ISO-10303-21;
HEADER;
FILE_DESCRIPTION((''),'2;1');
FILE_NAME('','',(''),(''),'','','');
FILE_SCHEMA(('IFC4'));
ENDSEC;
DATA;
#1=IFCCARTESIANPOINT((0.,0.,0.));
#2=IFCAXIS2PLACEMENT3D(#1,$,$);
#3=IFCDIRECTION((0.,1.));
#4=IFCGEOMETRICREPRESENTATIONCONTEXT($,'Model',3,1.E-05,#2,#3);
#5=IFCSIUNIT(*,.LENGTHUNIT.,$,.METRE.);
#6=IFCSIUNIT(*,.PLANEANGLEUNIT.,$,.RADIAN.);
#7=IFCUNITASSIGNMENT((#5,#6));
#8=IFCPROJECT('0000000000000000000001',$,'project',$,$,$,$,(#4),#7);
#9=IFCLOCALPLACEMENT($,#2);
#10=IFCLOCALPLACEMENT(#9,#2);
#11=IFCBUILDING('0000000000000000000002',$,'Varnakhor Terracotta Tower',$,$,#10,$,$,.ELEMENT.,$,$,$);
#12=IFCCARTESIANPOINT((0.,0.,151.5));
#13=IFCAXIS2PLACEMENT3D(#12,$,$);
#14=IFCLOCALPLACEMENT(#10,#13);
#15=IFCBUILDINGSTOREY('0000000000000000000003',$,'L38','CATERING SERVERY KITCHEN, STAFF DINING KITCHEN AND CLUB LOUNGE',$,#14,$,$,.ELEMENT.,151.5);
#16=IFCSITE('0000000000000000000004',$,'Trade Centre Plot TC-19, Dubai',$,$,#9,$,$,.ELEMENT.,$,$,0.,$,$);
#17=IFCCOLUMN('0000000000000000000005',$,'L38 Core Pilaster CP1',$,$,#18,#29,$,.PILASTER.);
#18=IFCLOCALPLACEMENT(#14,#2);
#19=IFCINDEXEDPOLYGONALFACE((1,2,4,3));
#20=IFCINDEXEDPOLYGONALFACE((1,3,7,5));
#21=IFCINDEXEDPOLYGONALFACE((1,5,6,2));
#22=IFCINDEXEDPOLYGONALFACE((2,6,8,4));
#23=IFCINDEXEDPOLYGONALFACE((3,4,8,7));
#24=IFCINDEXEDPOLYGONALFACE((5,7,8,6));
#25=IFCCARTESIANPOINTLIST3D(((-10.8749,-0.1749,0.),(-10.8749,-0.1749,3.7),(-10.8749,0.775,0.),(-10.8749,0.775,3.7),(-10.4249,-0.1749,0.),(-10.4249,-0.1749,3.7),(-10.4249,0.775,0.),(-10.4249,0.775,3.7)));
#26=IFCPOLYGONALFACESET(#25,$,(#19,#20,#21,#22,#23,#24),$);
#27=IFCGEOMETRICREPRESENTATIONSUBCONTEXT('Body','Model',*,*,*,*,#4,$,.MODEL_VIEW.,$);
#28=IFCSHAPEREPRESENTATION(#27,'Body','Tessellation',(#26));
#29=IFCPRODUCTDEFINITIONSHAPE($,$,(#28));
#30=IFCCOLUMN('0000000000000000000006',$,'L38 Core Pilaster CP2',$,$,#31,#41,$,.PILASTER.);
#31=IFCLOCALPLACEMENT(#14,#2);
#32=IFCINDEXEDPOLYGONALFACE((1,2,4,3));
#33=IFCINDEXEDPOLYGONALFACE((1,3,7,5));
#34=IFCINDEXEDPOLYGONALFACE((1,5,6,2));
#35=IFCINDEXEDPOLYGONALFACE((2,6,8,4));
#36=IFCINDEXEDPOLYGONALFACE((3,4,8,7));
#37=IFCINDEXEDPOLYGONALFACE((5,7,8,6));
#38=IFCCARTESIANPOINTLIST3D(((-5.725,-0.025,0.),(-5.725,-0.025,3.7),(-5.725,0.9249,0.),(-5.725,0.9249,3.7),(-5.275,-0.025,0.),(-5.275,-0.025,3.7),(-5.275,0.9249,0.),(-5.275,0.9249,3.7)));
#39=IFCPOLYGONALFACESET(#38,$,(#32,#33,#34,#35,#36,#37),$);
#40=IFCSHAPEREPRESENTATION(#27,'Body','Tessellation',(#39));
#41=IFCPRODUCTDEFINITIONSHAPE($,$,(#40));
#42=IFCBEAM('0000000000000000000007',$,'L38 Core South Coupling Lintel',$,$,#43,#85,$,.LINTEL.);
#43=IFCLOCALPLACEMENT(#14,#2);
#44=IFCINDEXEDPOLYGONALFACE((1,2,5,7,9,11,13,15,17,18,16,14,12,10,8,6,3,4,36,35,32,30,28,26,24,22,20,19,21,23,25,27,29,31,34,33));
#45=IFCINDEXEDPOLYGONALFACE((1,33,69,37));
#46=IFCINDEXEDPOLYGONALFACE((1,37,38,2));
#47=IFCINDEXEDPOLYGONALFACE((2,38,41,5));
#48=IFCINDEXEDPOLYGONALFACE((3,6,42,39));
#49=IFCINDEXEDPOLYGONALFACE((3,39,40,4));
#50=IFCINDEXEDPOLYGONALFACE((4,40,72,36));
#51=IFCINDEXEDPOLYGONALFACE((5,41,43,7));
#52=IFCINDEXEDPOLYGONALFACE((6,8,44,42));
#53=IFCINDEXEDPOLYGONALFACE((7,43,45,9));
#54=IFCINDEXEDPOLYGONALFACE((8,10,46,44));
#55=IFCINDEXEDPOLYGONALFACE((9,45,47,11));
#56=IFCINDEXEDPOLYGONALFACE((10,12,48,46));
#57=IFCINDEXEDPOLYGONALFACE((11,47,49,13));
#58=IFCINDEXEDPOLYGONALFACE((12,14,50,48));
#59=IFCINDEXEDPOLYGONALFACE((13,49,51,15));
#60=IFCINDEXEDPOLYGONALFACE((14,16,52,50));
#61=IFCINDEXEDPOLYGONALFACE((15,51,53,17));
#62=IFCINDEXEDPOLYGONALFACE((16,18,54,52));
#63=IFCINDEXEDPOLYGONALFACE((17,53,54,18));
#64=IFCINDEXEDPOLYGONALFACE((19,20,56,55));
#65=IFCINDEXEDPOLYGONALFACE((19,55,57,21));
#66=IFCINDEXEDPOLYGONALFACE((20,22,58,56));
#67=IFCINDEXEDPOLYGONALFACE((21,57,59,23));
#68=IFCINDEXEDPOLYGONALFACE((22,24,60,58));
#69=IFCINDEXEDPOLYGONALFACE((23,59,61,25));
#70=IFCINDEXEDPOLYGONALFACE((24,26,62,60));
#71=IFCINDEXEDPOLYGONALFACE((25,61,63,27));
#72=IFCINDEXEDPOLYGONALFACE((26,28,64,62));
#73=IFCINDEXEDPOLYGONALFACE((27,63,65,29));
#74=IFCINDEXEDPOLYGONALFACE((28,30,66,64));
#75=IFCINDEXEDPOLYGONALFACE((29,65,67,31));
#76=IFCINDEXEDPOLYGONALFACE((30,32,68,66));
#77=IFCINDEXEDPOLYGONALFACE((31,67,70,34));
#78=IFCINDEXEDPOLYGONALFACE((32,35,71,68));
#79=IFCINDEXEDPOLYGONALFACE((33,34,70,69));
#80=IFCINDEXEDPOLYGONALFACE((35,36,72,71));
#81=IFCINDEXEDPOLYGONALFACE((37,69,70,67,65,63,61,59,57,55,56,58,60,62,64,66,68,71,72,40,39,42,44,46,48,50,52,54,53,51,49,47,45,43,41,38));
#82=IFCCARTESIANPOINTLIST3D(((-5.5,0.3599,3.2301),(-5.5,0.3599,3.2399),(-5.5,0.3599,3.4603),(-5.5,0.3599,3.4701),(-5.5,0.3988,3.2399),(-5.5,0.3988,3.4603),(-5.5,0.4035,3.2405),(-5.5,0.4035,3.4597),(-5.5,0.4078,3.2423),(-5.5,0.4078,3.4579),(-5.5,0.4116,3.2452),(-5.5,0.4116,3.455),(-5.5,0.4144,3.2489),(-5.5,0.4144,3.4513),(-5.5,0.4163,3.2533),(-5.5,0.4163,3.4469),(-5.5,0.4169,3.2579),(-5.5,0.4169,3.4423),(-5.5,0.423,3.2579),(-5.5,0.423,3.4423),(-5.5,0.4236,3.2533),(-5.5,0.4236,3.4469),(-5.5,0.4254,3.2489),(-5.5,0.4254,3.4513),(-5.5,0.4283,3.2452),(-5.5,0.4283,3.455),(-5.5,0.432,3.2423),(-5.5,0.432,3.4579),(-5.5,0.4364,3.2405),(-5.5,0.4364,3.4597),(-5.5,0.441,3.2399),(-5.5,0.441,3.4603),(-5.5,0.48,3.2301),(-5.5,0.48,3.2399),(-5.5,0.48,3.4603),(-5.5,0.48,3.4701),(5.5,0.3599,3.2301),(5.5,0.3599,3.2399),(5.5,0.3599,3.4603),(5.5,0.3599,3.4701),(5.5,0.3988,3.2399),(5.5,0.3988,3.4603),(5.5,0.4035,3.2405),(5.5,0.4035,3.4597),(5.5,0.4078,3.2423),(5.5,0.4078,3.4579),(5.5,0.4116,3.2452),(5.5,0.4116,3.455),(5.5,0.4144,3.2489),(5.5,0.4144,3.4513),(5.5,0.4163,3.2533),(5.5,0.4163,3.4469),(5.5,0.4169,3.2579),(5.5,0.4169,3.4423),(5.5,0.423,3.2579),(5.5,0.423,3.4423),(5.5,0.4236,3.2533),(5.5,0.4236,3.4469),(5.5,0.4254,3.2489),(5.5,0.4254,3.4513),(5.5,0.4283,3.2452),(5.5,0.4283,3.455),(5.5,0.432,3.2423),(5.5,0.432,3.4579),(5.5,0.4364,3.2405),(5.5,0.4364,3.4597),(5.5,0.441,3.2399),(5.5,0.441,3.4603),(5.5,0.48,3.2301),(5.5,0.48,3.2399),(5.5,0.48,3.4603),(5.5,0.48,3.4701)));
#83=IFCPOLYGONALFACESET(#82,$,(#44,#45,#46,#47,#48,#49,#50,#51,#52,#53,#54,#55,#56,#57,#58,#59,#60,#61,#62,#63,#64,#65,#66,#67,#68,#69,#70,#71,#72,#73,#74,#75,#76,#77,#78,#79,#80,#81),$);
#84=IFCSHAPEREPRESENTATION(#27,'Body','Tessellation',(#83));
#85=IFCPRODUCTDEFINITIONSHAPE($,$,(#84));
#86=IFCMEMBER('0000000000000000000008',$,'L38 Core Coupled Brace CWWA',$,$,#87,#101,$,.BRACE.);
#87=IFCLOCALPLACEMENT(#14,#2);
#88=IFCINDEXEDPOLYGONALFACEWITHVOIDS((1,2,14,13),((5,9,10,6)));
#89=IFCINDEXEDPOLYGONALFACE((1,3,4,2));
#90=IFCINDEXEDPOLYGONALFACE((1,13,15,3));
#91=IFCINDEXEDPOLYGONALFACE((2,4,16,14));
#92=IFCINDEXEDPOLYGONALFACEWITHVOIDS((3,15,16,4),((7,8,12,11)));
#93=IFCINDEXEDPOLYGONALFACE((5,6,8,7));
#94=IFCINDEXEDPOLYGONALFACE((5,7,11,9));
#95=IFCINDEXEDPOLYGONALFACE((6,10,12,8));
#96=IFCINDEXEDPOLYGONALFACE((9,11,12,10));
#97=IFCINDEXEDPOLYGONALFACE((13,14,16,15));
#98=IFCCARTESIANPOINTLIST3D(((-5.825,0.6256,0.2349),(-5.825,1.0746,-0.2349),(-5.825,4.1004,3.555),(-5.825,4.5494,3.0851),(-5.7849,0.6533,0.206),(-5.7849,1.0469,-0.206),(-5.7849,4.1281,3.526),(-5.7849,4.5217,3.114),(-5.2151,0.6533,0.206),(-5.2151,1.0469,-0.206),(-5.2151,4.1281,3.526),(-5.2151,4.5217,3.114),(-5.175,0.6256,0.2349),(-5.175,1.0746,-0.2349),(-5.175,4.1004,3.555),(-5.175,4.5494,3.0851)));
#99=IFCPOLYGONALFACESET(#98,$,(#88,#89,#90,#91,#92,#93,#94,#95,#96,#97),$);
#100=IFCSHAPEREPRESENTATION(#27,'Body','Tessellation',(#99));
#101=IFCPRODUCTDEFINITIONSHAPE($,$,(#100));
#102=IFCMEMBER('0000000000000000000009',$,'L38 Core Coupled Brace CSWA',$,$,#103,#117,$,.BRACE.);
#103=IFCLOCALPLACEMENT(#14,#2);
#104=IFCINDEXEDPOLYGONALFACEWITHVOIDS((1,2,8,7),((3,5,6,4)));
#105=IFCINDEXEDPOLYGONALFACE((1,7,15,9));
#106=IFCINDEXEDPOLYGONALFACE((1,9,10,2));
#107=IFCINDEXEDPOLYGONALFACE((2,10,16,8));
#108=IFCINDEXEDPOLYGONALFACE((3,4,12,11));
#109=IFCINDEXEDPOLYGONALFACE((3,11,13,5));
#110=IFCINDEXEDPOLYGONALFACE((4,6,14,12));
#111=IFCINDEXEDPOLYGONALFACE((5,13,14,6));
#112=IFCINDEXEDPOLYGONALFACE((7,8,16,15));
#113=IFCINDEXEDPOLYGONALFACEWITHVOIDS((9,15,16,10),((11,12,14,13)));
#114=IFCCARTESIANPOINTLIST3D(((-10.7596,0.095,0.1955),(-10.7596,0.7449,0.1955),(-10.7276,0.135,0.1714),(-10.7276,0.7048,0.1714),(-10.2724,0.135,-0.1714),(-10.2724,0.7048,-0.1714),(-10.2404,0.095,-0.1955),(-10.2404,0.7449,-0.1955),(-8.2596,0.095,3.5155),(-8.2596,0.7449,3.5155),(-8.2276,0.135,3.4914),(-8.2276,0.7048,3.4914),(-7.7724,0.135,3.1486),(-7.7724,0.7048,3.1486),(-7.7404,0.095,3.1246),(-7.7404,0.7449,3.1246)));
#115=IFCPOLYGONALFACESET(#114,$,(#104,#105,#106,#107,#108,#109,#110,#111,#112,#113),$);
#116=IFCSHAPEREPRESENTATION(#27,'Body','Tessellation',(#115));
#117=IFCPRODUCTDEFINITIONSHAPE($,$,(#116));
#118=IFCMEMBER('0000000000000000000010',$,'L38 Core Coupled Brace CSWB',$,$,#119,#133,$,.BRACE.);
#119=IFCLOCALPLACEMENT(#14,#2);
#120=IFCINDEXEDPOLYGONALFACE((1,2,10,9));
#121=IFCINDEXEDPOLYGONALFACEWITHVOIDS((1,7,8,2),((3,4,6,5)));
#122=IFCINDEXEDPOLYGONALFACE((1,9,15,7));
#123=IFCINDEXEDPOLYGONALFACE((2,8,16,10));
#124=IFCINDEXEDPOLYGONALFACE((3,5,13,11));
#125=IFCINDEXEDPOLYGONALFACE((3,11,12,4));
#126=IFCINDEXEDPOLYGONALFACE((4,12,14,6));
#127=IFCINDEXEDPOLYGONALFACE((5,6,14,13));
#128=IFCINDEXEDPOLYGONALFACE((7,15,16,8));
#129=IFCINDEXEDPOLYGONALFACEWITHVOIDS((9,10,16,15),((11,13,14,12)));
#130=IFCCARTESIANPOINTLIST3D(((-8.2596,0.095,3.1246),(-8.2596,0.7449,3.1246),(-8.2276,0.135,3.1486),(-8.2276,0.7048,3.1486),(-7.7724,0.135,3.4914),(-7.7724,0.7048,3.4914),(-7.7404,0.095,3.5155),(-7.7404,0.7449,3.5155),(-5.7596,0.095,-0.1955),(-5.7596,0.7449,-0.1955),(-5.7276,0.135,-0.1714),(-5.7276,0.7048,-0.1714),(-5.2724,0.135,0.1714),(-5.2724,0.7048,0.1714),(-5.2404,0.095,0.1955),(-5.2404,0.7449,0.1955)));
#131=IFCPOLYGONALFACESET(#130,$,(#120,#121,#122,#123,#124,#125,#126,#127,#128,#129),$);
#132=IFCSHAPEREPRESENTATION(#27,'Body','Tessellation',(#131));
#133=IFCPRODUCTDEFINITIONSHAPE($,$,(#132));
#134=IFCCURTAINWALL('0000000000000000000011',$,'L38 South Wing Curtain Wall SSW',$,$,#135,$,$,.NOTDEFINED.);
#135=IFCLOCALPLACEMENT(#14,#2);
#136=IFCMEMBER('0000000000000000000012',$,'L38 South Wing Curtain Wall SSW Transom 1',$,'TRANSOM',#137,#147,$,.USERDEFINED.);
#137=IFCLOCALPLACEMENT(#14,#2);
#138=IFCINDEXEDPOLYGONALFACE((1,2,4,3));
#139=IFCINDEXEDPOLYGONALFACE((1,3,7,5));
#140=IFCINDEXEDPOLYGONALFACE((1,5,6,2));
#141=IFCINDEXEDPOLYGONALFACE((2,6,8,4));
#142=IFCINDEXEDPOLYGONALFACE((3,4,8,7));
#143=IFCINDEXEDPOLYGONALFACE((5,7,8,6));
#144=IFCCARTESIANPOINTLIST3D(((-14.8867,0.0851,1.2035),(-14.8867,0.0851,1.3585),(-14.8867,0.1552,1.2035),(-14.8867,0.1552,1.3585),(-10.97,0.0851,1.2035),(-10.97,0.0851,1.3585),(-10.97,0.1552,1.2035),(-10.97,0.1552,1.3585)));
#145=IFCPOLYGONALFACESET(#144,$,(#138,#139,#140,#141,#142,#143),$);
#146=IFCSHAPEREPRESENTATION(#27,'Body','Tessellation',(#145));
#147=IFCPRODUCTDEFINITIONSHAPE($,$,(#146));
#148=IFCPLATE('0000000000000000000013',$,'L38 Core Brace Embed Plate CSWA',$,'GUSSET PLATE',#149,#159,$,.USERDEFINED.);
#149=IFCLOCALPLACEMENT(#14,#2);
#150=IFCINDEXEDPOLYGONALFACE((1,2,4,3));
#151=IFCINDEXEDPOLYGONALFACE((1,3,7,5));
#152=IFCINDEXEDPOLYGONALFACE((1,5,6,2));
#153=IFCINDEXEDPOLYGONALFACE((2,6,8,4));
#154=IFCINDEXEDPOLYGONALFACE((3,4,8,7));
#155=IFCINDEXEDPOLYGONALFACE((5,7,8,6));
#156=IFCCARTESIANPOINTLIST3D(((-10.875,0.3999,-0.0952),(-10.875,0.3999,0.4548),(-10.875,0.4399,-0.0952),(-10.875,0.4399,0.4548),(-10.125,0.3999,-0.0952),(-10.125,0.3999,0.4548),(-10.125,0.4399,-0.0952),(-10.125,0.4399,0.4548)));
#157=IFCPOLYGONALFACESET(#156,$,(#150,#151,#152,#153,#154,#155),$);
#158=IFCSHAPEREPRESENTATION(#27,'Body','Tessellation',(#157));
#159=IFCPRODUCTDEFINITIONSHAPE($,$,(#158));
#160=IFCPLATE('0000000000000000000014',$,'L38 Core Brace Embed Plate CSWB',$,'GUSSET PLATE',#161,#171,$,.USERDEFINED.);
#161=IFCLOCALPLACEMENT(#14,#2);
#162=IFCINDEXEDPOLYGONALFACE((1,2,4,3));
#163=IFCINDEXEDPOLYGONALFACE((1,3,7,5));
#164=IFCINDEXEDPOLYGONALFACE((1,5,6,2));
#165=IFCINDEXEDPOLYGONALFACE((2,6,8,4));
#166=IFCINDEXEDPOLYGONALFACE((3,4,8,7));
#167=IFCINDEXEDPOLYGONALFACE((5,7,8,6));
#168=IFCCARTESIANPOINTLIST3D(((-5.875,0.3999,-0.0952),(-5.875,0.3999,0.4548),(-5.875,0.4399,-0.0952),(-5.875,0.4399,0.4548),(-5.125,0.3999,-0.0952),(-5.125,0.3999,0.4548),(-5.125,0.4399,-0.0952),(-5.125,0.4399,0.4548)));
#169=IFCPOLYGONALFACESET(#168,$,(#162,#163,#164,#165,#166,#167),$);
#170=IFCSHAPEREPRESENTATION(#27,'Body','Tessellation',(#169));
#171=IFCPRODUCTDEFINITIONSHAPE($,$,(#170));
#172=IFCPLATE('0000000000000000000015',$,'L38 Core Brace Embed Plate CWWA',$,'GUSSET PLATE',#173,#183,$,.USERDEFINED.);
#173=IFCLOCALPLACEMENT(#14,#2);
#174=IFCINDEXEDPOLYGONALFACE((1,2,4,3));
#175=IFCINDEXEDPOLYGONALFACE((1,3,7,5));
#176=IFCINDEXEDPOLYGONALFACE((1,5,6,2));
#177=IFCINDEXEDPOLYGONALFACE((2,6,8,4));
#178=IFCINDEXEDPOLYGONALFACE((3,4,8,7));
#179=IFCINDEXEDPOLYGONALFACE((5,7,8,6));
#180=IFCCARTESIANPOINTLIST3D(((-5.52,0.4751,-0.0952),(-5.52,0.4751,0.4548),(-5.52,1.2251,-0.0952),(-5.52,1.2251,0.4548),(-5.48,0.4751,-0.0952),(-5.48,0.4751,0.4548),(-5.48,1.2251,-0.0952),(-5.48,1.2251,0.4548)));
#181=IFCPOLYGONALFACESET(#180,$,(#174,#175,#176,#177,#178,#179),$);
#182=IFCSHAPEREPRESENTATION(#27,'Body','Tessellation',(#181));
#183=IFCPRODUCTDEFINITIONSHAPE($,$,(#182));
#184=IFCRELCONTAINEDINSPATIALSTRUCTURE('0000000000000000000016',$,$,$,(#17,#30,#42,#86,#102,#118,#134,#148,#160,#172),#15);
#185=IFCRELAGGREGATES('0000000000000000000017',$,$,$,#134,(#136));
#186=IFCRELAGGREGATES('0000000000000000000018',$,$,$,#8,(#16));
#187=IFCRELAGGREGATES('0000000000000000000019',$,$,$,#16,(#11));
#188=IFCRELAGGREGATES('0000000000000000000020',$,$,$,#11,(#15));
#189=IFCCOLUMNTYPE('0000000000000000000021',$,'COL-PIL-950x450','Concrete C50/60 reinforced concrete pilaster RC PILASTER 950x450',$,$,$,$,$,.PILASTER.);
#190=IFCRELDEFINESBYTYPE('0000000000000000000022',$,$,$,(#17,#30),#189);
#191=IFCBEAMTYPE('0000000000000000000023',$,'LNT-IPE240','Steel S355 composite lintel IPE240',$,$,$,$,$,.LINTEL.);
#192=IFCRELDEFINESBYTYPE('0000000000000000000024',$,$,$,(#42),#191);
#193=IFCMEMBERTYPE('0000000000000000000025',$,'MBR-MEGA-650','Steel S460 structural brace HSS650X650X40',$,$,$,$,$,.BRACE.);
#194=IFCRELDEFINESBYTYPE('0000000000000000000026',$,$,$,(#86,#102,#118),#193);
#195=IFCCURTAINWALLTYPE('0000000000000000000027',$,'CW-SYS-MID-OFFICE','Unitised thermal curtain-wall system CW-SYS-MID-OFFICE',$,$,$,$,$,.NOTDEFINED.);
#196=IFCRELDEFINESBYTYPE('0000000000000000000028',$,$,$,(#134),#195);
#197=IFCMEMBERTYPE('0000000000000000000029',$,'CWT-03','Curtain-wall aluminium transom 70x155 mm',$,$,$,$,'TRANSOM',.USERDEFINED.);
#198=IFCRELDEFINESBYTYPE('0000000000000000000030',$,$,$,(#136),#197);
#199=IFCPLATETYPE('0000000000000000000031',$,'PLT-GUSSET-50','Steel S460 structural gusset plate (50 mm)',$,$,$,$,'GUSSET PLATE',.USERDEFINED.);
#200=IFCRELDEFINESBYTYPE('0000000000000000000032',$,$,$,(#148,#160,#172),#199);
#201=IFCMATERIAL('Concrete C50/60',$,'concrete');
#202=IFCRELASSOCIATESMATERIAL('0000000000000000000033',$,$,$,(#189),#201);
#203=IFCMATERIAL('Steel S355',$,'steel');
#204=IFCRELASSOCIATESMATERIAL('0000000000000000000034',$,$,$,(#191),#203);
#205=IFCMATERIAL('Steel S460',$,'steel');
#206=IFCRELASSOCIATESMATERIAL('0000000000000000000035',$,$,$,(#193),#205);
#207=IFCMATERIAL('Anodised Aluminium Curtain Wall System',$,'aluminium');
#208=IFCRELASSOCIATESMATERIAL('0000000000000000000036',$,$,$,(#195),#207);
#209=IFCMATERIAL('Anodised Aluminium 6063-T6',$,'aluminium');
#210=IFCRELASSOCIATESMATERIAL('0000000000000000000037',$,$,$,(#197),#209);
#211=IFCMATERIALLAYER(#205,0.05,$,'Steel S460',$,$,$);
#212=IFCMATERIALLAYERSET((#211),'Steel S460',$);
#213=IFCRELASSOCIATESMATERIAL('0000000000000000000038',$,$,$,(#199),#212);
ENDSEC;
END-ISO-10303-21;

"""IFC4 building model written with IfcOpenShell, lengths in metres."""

from ifc_helpers import new_model, si_unit, direction, frame, origin, origin_2d, place, context, subcontext, project, spatial, rectangle, hollow_rectangle, i_section, extrude, source, transform, mapped, material, layer, layer_set, material_profile, profile_set, type_object, type_shapes, element, aggregate, save


model = new_model("IFC4")

# Units and contexts
model_context = context("Model", 3, precision=1e-05, world=origin(), true_north=direction((0.0, 1.0)))
body_context = subcontext(model_context, "Body", "Model", "MODEL_VIEW")
ifc_project = project(units=[si_unit("LENGTHUNIT", "METRE"), si_unit("PLANEANGLEUNIT", "RADIAN")], contexts=[model_context])

# Site, building, storey
site_placement = place(None, origin())
site = spatial("IfcSite", under=ifc_project, at=site_placement, Name="Trade Centre Plot TC-19, Dubai", CompositionType="ELEMENT", RefElevation=0.0)
building_placement = place(site_placement, origin())
building = spatial("IfcBuilding", under=site, at=building_placement, Name="Varnakhor Terracotta Tower", CompositionType="ELEMENT")
storey_placement = place(building_placement, frame((0.0, 0.0, 151.5)))
storey = spatial("IfcBuildingStorey", under=building, at=storey_placement, Name="L38", Description="CATERING SERVERY KITCHEN, STAFF DINING KITCHEN AND CLUB LOUNGE", CompositionType="ELEMENT", Elevation=151.5)

# Columns
ifc_material_1 = material(Name="Concrete C50/60", Category="concrete")
ifc_material_profile_1 = material_profile(ifc_material_1, rectangle(XDim=0.45, YDim=0.95, at=origin_2d()), Name="RC PILASTER 950x450")
ifc_profile_set_1 = profile_set([ifc_material_profile_1], Name="Concrete C50/60")
column_type = type_object("IfcColumnType", Name="COL-PIL-950x450", Description="Concrete C50/60 reinforced concrete pilaster RC PILASTER 950x450", PredefinedType="PILASTER", material=ifc_profile_set_1)
shared_shape_1 = source(origin(), body_context, "Body", "SweptSolid", [
    extrude(rectangle(XDim=0.45, YDim=0.95, at=origin_2d()), origin(), (0.0, 0.0, 1.0), 3.7),
])
for number, where, z_axis, x_axis, name in (
    (1, (-10.6499, 0.3, 0.0), (0.0, 0.0, 1.0), (1.0, 0.0, 0.0), "L38 Core Pilaster CP1"),
    (2, (-5.5, 0.45, 0.0), (0.0, 0.0, 1.0), (1.0, 0.0, 0.0), "L38 Core Pilaster CP2"),
):
    element("IfcColumn", number, at=place(storey_placement, frame(where, z_axis=z_axis, x_axis=x_axis)), inside=storey, type_object=column_type, Name=name, PredefinedType="PILASTER", context=body_context, shape_type="MappedRepresentation", body=[
        mapped(shared_shape_1, transform((0.0, 0.0, 0.0), scale=1.0)),
    ])

# Beam
ifc_material_2 = material(Name="Steel S355", Category="steel")
ifc_material_profile_2 = material_profile(ifc_material_2, i_section(OverallWidth=0.1201, OverallDepth=0.24, WebThickness=0.0061, FlangeThickness=0.0098, FilletRadius=0.0181, at=origin_2d()), Name="IPE240")
ifc_profile_set_2 = profile_set([ifc_material_profile_2], Name="Steel S355")
beam_type = type_object("IfcBeamType", Name="LNT-IPE240", Description="Steel S355 composite lintel IPE240", PredefinedType="LINTEL", material=ifc_profile_set_2)
shared_shape_2 = source(origin(), body_context, "Body", "SweptSolid", [
    extrude(i_section(OverallWidth=0.1201, OverallDepth=0.24, WebThickness=0.0061, FlangeThickness=0.0098, FilletRadius=0.0181, at=origin_2d()), origin(), (0.0, 0.0, 1.0), 11.0),
])
type_shapes(beam_type, [shared_shape_2])
beam_placement = place(storey_placement, frame((-5.5, 0.4199, 3.3501), z_axis=(1.0, 0.0, 0.0), x_axis=(0.0, 1.0, 0.0)))
element("IfcBeam", 3, at=beam_placement, inside=storey, type_object=beam_type, Name="L38 Core South Coupling Lintel", PredefinedType="LINTEL", context=body_context, shape_type="MappedRepresentation", body=[
    mapped(shared_shape_2, transform((0.0, 0.0, 0.0), scale=1.0)),
])

# Members
ifc_material_3 = material(Name="Steel S460", Category="steel")
ifc_material_profile_3 = material_profile(ifc_material_3, hollow_rectangle(XDim=0.6499, YDim=0.6499, WallThickness=0.04, at=origin_2d()), Name="HSS650X650X40")
ifc_profile_set_3 = profile_set([ifc_material_profile_3], Name="Steel S460")
member_type_1 = type_object("IfcMemberType", Name="MBR-MEGA-650", Description="Steel S460 structural brace HSS650X650X40", PredefinedType="BRACE", material=ifc_profile_set_3)
shared_shape_3 = source(origin(), body_context, "Body", "SweptSolid", [
    extrude(hollow_rectangle(XDim=0.6499, YDim=0.6499, WallThickness=0.04, at=origin_2d()), origin(), (0.0, 0.0, 1.0), 4.8059),
])
member_1_placement = place(storey_placement, frame((-5.5, 0.8501, 0.0), z_axis=(0.0, 0.723027, 0.69082), x_axis=(-1.0, 0.0, 0.0)))
element("IfcMember", 4, at=member_1_placement, inside=storey, type_object=member_type_1, Name="L38 Core Coupled Brace CWWA", PredefinedType="BRACE", context=body_context, shape_type="MappedRepresentation", body=[
    mapped(shared_shape_3, transform((0.0, 0.0, 0.0), scale=1.0)),
])
shared_shape_4 = source(origin(), body_context, "Body", "SweptSolid", [
    extrude(hollow_rectangle(XDim=0.6499, YDim=0.6499, WallThickness=0.04, at=origin_2d()), origin(), (0.0, 0.0, 1.0), 4.156),
])
for number, where, z_axis, x_axis, name in (
    (5, (-10.5, 0.4199, 0.0), (0.601531, 0.0, 0.79885), (0.0, 1.0, 0.0), "L38 Core Coupled Brace CSWA"),
    (6, (-5.5, 0.4199, 0.0), (-0.601531, 0.0, 0.79885), (0.0, -1.0, 0.0), "L38 Core Coupled Brace CSWB"),
):
    element("IfcMember", number, at=place(storey_placement, frame(where, z_axis=z_axis, x_axis=x_axis)), inside=storey, type_object=member_type_1, Name=name, PredefinedType="BRACE", context=body_context, shape_type="MappedRepresentation", body=[
        mapped(shared_shape_4, transform((0.0, 0.0, 0.0), scale=1.0)),
    ])

# Curtain wall, member
ifc_material_4 = material(Name="Anodised Aluminium Curtain Wall System", Category="aluminium")
curtain_wall_type = type_object("IfcCurtainWallType", Name="CW-SYS-MID-OFFICE", Description="Unitised thermal curtain-wall system CW-SYS-MID-OFFICE", PredefinedType="NOTDEFINED", material=ifc_material_4)
curtain_wall_placement = place(storey_placement, origin())
curtain_wall = element("IfcCurtainWall", 7, at=curtain_wall_placement, inside=storey, type_object=curtain_wall_type, Name="L38 South Wing Curtain Wall SSW", PredefinedType="NOTDEFINED")
ifc_material_5 = material(Name="Anodised Aluminium 6063-T6", Category="aluminium")
ifc_material_profile_4 = material_profile(ifc_material_5, rectangle(XDim=0.0701, YDim=0.155, at=origin_2d()), Name="ALU TRANSOM 70x155")
ifc_profile_set_4 = profile_set([ifc_material_profile_4], Name="Anodised Aluminium 6063-T6")
member_type_2 = type_object("IfcMemberType", Name="CWT-03", Description="Curtain-wall aluminium transom 70x155 mm", ElementType="TRANSOM", PredefinedType="USERDEFINED", material=ifc_profile_set_4)
shared_shape_5 = source(origin(), body_context, "Body", "SweptSolid", [
    extrude(rectangle(XDim=0.0701, YDim=0.155, at=origin_2d()), origin(), (0.0, 0.0, 1.0), 3.9167),
])
member_2_placement = place(storey_placement, frame((-10.97, 0.1201, 1.281), z_axis=(-1.0, 0.0, 0.0), x_axis=(0.0, -1.0, 0.0)))
member_2 = element("IfcMember", 8, at=member_2_placement, type_object=member_type_2, Name="L38 South Wing Curtain Wall SSW Transom 1", ObjectType="TRANSOM", PredefinedType="USERDEFINED", context=body_context, shape_type="MappedRepresentation", body=[
    mapped(shared_shape_5, transform((0.0, 0.0, 0.0), scale=1.0)),
])
aggregate(curtain_wall, [member_2])

# Plates
ifc_layer_1 = layer(ifc_material_3, 0.05, Name="Steel S460")
ifc_layer_set_1 = layer_set([ifc_layer_1], Name="Steel S460")
plate_type = type_object("IfcPlateType", Name="PLT-GUSSET-50", Description="Steel S460 structural gusset plate (50 mm)", ElementType="GUSSET PLATE", PredefinedType="USERDEFINED", material=ifc_layer_set_1)
shared_shape_6 = source(origin(), body_context, "Body", "SweptSolid", [
    extrude(rectangle(XDim=0.75, YDim=0.04, at=origin_2d()), origin(), (0.0, 0.0, 1.0), 0.55),
])
type_shapes(plate_type, [shared_shape_6])
for number, where, z_axis, x_axis, name in (
    (9, (-10.5, 0.4199, -0.0952), (0.0, 0.0, 1.0), (1.0, 0.0, 0.0), "L38 Core Brace Embed Plate CSWA"),
    (10, (-5.5, 0.4199, -0.0952), (0.0, 0.0, 1.0), (1.0, 0.0, 0.0), "L38 Core Brace Embed Plate CSWB"),
    (11, (-5.5, 0.8501, -0.0952), (0.0, 0.0, 1.0), (0.0, 1.0, 0.0), "L38 Core Brace Embed Plate CWWA"),
):
    element("IfcPlate", number, at=place(storey_placement, frame(where, z_axis=z_axis, x_axis=x_axis)), inside=storey, type_object=plate_type, Name=name, ObjectType="GUSSET PLATE", PredefinedType="USERDEFINED", context=body_context, shape_type="MappedRepresentation", body=[
        mapped(shared_shape_6, transform((0.0, 0.0, 0.0), scale=1.0)),
    ])

save(model, "model.ifc")
